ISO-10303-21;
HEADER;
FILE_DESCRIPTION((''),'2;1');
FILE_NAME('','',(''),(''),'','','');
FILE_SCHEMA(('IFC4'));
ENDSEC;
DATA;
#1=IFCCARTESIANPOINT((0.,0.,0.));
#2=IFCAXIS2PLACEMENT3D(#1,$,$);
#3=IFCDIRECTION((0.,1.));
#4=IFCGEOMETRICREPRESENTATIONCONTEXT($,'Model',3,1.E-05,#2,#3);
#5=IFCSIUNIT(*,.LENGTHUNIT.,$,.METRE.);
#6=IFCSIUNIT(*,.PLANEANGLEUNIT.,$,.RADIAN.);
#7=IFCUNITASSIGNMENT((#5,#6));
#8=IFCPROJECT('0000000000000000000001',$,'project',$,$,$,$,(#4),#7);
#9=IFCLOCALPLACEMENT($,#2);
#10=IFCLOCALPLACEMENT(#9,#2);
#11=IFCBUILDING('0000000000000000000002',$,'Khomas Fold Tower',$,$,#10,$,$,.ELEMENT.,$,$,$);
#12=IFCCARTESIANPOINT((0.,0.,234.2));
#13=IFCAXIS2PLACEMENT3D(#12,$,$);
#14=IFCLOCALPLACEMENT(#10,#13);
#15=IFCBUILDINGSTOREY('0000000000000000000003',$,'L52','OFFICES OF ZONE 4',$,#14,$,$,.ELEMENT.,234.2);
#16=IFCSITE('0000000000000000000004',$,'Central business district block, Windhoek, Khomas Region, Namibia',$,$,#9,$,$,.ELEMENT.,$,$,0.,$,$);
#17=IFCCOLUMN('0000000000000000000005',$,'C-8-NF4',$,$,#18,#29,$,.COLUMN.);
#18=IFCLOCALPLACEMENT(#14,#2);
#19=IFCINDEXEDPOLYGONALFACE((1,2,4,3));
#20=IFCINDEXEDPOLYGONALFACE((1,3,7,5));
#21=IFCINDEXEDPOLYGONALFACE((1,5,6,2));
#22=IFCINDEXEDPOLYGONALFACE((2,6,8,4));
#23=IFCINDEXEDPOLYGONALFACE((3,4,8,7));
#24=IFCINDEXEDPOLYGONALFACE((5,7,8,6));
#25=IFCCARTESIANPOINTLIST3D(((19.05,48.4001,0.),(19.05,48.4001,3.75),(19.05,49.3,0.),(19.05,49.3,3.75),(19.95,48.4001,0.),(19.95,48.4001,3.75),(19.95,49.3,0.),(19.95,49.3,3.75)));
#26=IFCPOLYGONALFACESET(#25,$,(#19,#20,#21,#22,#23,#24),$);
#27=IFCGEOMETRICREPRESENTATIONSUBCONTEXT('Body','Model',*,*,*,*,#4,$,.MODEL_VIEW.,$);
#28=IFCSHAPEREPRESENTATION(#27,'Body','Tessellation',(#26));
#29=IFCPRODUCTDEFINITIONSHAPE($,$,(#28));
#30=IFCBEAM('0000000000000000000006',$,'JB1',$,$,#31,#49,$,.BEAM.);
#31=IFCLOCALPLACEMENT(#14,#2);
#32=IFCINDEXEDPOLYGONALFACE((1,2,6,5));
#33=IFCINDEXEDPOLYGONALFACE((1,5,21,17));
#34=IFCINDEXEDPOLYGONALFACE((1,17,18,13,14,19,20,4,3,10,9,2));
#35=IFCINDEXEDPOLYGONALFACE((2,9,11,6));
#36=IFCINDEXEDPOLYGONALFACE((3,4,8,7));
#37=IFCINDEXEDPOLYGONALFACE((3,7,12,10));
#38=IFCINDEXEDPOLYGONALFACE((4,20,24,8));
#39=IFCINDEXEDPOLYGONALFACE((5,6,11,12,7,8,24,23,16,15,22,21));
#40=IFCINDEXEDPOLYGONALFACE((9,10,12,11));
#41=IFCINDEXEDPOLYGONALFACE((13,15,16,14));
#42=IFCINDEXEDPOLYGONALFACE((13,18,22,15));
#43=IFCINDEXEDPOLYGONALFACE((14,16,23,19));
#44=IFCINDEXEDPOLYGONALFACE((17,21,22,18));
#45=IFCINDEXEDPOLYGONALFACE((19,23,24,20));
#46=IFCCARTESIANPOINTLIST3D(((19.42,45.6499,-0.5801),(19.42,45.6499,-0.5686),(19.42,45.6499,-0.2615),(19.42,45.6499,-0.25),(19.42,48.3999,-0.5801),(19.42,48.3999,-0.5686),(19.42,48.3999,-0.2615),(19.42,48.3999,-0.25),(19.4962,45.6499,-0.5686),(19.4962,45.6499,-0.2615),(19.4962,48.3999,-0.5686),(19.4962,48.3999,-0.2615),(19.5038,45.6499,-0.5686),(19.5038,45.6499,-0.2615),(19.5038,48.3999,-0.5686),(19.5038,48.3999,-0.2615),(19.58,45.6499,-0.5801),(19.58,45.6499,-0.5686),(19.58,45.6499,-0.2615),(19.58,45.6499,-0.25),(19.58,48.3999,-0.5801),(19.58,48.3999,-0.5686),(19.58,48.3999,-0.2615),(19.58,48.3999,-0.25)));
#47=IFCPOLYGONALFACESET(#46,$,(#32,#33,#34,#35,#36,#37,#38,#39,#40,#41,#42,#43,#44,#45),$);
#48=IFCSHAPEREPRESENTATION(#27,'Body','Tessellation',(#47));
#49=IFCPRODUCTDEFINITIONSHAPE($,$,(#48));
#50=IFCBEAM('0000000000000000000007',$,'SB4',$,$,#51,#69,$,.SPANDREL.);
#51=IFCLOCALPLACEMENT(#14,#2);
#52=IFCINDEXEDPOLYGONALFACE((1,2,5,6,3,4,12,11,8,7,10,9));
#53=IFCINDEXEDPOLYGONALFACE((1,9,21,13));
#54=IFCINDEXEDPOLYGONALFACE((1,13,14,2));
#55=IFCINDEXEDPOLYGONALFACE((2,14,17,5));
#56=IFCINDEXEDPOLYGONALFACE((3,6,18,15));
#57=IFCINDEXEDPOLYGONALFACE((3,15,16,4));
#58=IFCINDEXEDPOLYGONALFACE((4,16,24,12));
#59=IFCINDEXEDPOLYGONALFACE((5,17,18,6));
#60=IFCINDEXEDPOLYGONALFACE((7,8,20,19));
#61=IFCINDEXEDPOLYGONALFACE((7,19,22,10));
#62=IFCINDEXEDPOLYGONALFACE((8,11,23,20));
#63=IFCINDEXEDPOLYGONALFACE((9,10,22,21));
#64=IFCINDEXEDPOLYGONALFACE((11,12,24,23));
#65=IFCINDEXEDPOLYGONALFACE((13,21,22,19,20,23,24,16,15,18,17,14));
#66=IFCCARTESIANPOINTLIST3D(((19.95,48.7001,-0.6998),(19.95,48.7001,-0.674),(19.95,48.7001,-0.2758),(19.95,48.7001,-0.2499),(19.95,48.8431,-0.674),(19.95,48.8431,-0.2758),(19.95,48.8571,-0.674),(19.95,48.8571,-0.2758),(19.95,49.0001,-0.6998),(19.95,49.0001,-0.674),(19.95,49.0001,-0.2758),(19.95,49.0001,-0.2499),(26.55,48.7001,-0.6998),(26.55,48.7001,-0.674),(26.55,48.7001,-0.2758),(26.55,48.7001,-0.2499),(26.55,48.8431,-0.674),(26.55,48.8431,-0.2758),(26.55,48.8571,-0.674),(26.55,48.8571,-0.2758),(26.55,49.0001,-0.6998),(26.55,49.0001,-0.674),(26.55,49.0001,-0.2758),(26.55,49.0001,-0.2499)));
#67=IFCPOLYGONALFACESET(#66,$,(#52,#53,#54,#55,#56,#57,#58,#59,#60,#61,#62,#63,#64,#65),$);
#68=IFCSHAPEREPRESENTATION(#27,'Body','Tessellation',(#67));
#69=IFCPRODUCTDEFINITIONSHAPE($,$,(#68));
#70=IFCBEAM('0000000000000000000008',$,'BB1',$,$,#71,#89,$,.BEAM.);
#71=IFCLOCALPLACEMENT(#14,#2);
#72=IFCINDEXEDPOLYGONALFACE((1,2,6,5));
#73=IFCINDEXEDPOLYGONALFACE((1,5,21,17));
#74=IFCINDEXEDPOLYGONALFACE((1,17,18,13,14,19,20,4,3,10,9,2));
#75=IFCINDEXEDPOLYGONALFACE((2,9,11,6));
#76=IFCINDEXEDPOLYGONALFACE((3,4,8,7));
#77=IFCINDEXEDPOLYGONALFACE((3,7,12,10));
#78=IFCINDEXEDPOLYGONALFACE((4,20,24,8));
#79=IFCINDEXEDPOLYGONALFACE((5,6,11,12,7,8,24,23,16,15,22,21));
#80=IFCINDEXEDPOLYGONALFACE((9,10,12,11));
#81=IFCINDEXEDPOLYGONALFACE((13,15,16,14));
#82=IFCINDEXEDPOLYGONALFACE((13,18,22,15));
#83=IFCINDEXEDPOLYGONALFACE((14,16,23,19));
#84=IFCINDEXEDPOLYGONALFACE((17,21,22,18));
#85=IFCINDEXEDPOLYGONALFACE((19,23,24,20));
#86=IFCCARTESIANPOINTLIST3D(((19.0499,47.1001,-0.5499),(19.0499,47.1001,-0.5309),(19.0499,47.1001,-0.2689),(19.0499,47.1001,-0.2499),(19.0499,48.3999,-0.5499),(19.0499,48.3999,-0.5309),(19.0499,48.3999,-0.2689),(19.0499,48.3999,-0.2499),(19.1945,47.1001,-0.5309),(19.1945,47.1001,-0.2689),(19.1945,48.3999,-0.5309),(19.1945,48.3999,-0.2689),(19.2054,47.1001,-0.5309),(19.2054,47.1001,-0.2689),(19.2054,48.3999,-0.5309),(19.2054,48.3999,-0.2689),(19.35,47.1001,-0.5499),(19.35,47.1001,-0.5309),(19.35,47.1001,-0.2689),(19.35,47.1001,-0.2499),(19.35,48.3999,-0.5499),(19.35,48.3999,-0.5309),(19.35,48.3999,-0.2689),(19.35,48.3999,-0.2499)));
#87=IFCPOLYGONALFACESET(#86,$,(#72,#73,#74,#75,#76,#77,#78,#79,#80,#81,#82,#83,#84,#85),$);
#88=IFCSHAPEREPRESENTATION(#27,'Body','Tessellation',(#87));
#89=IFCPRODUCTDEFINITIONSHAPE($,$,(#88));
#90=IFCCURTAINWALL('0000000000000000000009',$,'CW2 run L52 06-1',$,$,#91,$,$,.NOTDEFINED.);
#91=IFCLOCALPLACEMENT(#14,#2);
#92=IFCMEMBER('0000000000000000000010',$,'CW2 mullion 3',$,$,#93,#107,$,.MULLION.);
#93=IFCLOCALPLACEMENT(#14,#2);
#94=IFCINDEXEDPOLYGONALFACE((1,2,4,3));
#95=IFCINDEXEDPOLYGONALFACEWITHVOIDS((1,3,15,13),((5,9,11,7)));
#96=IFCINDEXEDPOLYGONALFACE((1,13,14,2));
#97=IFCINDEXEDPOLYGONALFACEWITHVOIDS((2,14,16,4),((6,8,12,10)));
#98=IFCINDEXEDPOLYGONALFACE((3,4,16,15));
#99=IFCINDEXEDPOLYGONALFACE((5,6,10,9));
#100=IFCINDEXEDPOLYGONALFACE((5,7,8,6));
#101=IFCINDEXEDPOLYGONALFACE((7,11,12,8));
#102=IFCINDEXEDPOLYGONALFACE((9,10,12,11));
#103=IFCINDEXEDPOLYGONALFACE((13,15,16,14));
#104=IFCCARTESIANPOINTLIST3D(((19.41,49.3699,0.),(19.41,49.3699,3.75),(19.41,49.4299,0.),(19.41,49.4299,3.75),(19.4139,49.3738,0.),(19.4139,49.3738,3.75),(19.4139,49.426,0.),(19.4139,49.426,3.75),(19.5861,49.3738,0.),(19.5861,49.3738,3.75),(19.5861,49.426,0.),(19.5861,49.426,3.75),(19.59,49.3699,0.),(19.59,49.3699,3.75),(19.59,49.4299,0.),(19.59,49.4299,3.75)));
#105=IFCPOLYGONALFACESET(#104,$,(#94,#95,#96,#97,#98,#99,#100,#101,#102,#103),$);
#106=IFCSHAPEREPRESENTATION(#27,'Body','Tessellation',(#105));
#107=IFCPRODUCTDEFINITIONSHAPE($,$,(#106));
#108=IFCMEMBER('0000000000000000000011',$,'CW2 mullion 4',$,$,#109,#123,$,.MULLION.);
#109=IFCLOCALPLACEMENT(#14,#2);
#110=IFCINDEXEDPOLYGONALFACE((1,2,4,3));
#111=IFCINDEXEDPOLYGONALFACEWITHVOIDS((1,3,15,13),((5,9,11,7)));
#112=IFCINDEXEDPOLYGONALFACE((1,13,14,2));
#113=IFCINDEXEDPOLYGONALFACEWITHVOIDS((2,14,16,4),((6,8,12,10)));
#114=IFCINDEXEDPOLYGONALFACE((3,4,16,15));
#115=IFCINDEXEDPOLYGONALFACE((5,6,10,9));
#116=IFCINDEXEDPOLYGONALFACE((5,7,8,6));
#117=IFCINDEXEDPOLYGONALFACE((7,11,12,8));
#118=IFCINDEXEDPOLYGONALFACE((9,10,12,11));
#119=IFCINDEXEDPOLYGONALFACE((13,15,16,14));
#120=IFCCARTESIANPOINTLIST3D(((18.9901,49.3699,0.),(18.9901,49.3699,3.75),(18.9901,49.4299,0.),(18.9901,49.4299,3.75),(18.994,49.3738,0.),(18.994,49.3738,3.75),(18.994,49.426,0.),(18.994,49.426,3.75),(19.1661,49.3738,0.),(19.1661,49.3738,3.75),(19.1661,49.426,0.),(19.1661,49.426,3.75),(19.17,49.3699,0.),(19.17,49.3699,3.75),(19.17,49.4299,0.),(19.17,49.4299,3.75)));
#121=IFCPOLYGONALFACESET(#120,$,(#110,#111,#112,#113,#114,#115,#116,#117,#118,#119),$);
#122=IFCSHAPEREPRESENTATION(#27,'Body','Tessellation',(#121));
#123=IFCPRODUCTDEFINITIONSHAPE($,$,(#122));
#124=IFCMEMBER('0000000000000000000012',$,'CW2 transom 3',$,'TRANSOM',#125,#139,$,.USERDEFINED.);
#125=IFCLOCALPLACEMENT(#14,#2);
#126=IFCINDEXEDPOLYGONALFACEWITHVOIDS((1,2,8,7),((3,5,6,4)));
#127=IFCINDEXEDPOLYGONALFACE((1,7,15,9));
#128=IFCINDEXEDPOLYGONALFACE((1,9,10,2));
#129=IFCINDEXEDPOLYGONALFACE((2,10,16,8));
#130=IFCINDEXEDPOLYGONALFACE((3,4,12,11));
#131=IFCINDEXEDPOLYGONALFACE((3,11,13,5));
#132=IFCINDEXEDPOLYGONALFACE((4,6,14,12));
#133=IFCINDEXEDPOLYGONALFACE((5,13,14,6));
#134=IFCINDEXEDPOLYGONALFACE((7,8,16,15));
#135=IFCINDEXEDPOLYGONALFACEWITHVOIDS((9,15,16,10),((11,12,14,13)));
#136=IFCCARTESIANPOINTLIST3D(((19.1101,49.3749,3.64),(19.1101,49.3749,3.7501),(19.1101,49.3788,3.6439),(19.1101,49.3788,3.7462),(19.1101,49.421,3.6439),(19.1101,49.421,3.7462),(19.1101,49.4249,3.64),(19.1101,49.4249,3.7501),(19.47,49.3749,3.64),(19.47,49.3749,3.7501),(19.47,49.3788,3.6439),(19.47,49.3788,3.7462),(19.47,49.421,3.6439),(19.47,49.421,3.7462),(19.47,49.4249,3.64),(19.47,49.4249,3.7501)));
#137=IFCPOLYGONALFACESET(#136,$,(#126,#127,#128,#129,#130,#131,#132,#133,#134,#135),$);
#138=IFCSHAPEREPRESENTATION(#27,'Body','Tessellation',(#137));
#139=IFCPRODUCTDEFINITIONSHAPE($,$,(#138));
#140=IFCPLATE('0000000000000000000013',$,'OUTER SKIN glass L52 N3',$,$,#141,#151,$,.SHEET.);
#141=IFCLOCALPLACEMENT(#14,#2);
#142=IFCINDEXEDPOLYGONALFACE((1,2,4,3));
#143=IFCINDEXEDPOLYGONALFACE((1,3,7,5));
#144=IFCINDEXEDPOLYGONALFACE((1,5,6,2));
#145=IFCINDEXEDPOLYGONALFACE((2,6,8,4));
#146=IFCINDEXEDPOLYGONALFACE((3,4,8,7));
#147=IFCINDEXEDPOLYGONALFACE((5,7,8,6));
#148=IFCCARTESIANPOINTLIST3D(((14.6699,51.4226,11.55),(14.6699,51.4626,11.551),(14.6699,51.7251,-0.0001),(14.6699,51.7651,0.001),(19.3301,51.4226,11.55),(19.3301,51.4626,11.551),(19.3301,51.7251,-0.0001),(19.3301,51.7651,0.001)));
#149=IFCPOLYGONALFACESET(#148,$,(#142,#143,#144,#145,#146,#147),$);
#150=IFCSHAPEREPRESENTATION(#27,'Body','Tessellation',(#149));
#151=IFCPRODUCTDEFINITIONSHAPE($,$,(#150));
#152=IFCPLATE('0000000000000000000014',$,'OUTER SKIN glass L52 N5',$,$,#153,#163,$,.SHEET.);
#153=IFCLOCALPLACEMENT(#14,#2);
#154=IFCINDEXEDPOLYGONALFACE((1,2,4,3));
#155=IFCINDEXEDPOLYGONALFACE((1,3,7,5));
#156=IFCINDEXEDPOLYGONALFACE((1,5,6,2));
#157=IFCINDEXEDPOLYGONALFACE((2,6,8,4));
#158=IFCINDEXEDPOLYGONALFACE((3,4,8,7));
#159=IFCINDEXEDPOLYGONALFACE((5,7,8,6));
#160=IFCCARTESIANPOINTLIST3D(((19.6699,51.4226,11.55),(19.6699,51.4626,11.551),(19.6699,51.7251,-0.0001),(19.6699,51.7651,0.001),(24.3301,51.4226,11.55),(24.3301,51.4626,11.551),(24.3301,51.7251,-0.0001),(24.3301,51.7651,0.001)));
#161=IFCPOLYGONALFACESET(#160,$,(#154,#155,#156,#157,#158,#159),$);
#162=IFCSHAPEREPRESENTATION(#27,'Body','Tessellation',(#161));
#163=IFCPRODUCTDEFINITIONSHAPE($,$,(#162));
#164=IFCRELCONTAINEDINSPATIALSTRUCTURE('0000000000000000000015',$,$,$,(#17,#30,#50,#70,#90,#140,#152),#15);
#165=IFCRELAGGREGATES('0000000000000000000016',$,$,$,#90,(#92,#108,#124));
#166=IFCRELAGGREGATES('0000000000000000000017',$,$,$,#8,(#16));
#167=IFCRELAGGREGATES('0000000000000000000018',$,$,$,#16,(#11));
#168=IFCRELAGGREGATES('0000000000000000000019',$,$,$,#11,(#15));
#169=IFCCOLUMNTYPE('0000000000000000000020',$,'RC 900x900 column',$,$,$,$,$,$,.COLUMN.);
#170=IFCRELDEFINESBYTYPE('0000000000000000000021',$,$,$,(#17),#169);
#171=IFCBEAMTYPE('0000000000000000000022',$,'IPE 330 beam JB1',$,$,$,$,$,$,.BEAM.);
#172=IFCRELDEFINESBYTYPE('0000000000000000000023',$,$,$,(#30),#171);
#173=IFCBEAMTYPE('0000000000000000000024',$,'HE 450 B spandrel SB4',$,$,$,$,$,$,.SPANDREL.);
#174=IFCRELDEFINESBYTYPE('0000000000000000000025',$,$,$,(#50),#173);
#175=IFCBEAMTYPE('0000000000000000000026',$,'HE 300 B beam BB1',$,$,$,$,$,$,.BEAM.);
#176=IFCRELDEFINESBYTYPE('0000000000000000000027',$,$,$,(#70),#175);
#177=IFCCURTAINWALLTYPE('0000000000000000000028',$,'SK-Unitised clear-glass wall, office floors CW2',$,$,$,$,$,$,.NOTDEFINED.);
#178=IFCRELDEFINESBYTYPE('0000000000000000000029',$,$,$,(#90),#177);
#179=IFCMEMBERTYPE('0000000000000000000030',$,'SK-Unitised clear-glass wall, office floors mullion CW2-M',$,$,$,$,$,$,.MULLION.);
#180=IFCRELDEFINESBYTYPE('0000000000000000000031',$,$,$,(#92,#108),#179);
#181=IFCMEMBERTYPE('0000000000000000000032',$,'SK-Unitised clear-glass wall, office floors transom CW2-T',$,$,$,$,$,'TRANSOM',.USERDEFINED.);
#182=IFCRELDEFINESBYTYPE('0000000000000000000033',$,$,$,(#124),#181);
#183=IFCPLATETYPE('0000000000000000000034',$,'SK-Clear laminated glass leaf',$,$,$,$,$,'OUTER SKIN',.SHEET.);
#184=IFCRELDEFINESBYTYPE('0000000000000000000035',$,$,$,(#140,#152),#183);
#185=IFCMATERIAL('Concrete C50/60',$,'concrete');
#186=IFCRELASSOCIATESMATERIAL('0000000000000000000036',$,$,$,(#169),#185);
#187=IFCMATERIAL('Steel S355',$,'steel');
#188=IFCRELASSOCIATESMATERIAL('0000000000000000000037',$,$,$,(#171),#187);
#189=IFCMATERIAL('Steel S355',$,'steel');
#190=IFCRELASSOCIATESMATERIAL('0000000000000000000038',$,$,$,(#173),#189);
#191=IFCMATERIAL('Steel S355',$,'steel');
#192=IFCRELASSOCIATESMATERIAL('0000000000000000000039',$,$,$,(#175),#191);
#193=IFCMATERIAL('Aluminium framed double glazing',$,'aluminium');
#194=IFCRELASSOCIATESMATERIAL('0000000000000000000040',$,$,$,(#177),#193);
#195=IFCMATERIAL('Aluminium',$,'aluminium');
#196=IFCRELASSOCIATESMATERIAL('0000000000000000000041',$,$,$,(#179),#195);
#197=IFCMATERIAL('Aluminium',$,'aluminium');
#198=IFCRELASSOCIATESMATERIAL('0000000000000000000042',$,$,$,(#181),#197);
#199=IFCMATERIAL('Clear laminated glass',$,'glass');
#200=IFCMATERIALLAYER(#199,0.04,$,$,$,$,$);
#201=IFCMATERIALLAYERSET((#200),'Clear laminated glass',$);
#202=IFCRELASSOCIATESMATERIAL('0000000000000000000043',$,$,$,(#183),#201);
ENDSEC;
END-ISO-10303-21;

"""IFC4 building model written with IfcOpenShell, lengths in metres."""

from ifc_helpers import new_model, si_unit, direction, frame, origin, origin_2d, place, context, subcontext, project, spatial, polyline, rectangle, hollow_rectangle, i_section, outline, extrude, source, transform, mapped, material, layer, layer_set, material_profile, profile_set, type_object, element, aggregate, save


model = new_model("IFC4")

# Units and contexts
model_context = context("Model", 3, precision=1e-05, world=origin(), true_north=direction((0.0, 1.0)))
body_context = subcontext(model_context, "Body", "Model", "MODEL_VIEW")
ifc_project = project(units=[si_unit("LENGTHUNIT", "METRE"), si_unit("PLANEANGLEUNIT", "RADIAN")], contexts=[model_context])

# Site, building, storey
site_placement = place(None, origin())
site = spatial("IfcSite", under=ifc_project, at=site_placement, Name="Central business district block, Windhoek, Khomas Region, Namibia", CompositionType="ELEMENT", RefElevation=0.0)
building_placement = place(site_placement, origin())
building = spatial("IfcBuilding", under=site, at=building_placement, Name="Khomas Fold Tower", CompositionType="ELEMENT")
storey_placement = place(building_placement, frame((0.0, 0.0, 234.2)))
storey = spatial("IfcBuildingStorey", under=building, at=storey_placement, Name="L52", Description="OFFICES OF ZONE 4", CompositionType="ELEMENT", Elevation=234.2)

# Column
ifc_material_1 = material(Name="Concrete C50/60", Category="concrete")
ifc_material_profile_1 = material_profile(ifc_material_1, rectangle(XDim=0.8999, YDim=0.8999, at=origin_2d()), Name="RC 900x900")
ifc_profile_set_1 = profile_set([ifc_material_profile_1], Name="Concrete C50/60")
column_type = type_object("IfcColumnType", Name="RC 900x900 column", PredefinedType="COLUMN", material=ifc_profile_set_1)
shared_shape_1 = source(origin(), body_context, "Body", "SweptSolid", [
    extrude(rectangle(XDim=0.8999, YDim=0.8999, at=origin_2d()), origin(), (0.0, 0.0, 1.0), 3.75),
])
column_placement = place(storey_placement, frame((19.5, 48.8501, 0.0), z_axis=(0.0, 0.0, 1.0), x_axis=(1.0, 0.0, 0.0)))
element("IfcColumn", 1, at=column_placement, inside=storey, type_object=column_type, Name="C-8-NF4", PredefinedType="COLUMN", context=body_context, shape_type="MappedRepresentation", body=[
    mapped(shared_shape_1, transform((0.0, 0.0, 0.0))),
])

# Beams
ifc_material_2 = material(Name="Steel S355", Category="steel")
ifc_material_profile_2 = material_profile(ifc_material_2, i_section(OverallWidth=0.1599, OverallDepth=0.3301, WebThickness=0.0076, FlangeThickness=0.0115, at=origin_2d()), Name="IPE 330")
ifc_profile_set_2 = profile_set([ifc_material_profile_2], Name="Steel S355")
beam_type_1 = type_object("IfcBeamType", Name="IPE 330 beam JB1", PredefinedType="BEAM", material=ifc_profile_set_2)
shared_shape_2 = source(origin(), body_context, "Body", "SweptSolid", [
    extrude(i_section(OverallWidth=0.1599, OverallDepth=0.3301, WebThickness=0.0076, FlangeThickness=0.0115, at=origin_2d()), origin(), (0.0, 0.0, 1.0), 2.75),
])
beam_1_placement = place(storey_placement, frame((19.5, 45.6499, -0.415), z_axis=(0.0, 1.0, 0.0), x_axis=(-1.0, 0.0, 0.0)))
element("IfcBeam", 2, at=beam_1_placement, inside=storey, type_object=beam_type_1, Name="JB1", PredefinedType="BEAM", context=body_context, shape_type="MappedRepresentation", body=[
    mapped(shared_shape_2, transform((0.0, 0.0, 0.0))),
])
ifc_material_3 = material(Name="Steel S355", Category="steel")
ifc_material_profile_3 = material_profile(ifc_material_3, i_section(OverallWidth=0.3, OverallDepth=0.45, WebThickness=0.0139, FlangeThickness=0.0259, at=origin_2d()), Name="HE 450 B")
ifc_profile_set_3 = profile_set([ifc_material_profile_3], Name="Steel S355")
beam_type_2 = type_object("IfcBeamType", Name="HE 450 B spandrel SB4", PredefinedType="SPANDREL", material=ifc_profile_set_3)
shared_shape_3 = source(origin(), body_context, "Body", "SweptSolid", [
    extrude(i_section(OverallWidth=0.3, OverallDepth=0.45, WebThickness=0.0139, FlangeThickness=0.0259, at=origin_2d()), origin(), (0.0, 0.0, 1.0), 6.6001),
])
beam_2_placement = place(storey_placement, frame((19.95, 48.8501, -0.4749), z_axis=(1.0, 0.0, 0.0), x_axis=(0.0, 1.0, 0.0)))
element("IfcBeam", 3, at=beam_2_placement, inside=storey, type_object=beam_type_2, Name="SB4", PredefinedType="SPANDREL", context=body_context, shape_type="MappedRepresentation", body=[
    mapped(shared_shape_3, transform((0.0, 0.0, 0.0))),
])
ifc_material_4 = material(Name="Steel S355", Category="steel")
ifc_material_profile_4 = material_profile(ifc_material_4, i_section(OverallWidth=0.3, OverallDepth=0.3, WebThickness=0.011, FlangeThickness=0.019, at=origin_2d()), Name="HE 300 B")
ifc_profile_set_4 = profile_set([ifc_material_profile_4], Name="Steel S355")
beam_type_3 = type_object("IfcBeamType", Name="HE 300 B beam BB1", PredefinedType="BEAM", material=ifc_profile_set_4)
shared_shape_4 = source(origin(), body_context, "Body", "SweptSolid", [
    extrude(i_section(OverallWidth=0.3, OverallDepth=0.3, WebThickness=0.011, FlangeThickness=0.019, at=origin_2d()), origin(), (0.0, 0.0, 1.0), 1.2998),
])
beam_3_placement = place(storey_placement, frame((19.2, 47.1001, -0.3999), z_axis=(0.0, 1.0, 0.0), x_axis=(-1.0, 0.0, 0.0)))
element("IfcBeam", 4, at=beam_3_placement, inside=storey, type_object=beam_type_3, Name="BB1", PredefinedType="BEAM", context=body_context, shape_type="MappedRepresentation", body=[
    mapped(shared_shape_4, transform((0.0, 0.0, 0.0))),
])

# Curtain wall, members
ifc_material_5 = material(Name="Aluminium framed double glazing", Category="aluminium")
curtain_wall_type = type_object("IfcCurtainWallType", Name="SK-Unitised clear-glass wall, office floors CW2", PredefinedType="NOTDEFINED", material=ifc_material_5)
curtain_wall_placement = place(storey_placement, origin())
curtain_wall = element("IfcCurtainWall", 5, at=curtain_wall_placement, inside=storey, type_object=curtain_wall_type, Name="CW2 run L52 06-1", PredefinedType="NOTDEFINED")
ifc_material_6 = material(Name="Aluminium", Category="aluminium")
ifc_material_profile_5 = material_profile(ifc_material_6, hollow_rectangle(XDim=0.0601, YDim=0.1799, WallThickness=0.0039, at=origin_2d()), Name="SK-Unitised clear-glass wall, office floors mullion CW2-M")
ifc_profile_set_5 = profile_set([ifc_material_profile_5], Name="Aluminium")
member_type_1 = type_object("IfcMemberType", Name="SK-Unitised clear-glass wall, office floors mullion CW2-M", PredefinedType="MULLION", material=ifc_profile_set_5)
shared_shape_5 = source(origin(), body_context, "Body", "SweptSolid", [
    extrude(hollow_rectangle(XDim=0.0601, YDim=0.1799, WallThickness=0.0039, at=origin_2d()), origin(), (0.0, 0.0, 1.0), 3.75),
])
member_1_placement = place(storey_placement, frame((19.5, 49.3999, 0.0), z_axis=(0.0, 0.0, 1.0), x_axis=(0.0, -1.0, 0.0)))
member_1 = element("IfcMember", 6, at=member_1_placement, type_object=member_type_1, Name="CW2 mullion 3", PredefinedType="MULLION", context=body_context, shape_type="MappedRepresentation", body=[
    mapped(shared_shape_5, transform((0.0, 0.0, 0.0))),
])
member_2_placement = place(storey_placement, frame((19.0801, 49.3999, 0.0), z_axis=(0.0, 0.0, 1.0), x_axis=(0.0, -1.0, 0.0)))
member_2 = element("IfcMember", 7, at=member_2_placement, type_object=member_type_1, Name="CW2 mullion 4", PredefinedType="MULLION", context=body_context, shape_type="MappedRepresentation", body=[
    mapped(shared_shape_5, transform((0.0, 0.0, 0.0))),
])
ifc_material_7 = material(Name="Aluminium", Category="aluminium")
ifc_material_profile_6 = material_profile(ifc_material_7, hollow_rectangle(XDim=0.05, YDim=0.1101, WallThickness=0.0039, at=origin_2d()), Name="SK-Unitised clear-glass wall, office floors transom CW2-T")
ifc_profile_set_6 = profile_set([ifc_material_profile_6], Name="Aluminium")
member_type_2 = type_object("IfcMemberType", Name="SK-Unitised clear-glass wall, office floors transom CW2-T", ElementType="TRANSOM", PredefinedType="USERDEFINED", material=ifc_profile_set_6)
shared_shape_6 = source(origin(), body_context, "Body", "SweptSolid", [
    extrude(hollow_rectangle(XDim=0.05, YDim=0.1101, WallThickness=0.0039, at=origin_2d()), origin(), (0.0, 0.0, 1.0), 0.3599),
])
member_3_placement = place(storey_placement, frame((19.47, 49.3999, 3.6951), z_axis=(-1.0, 0.0, 0.0), x_axis=(0.0, -1.0, 0.0)))
member_3 = element("IfcMember", 8, at=member_3_placement, type_object=member_type_2, Name="CW2 transom 3", ObjectType="TRANSOM", PredefinedType="USERDEFINED", context=body_context, shape_type="MappedRepresentation", body=[
    mapped(shared_shape_6, transform((0.0, 0.0, 0.0))),
])

# Plates
ifc_material_8 = material(Name="Clear laminated glass", Category="glass")
ifc_layer_1 = layer(ifc_material_8, 0.04)
ifc_layer_set_1 = layer_set([ifc_layer_1], Name="Clear laminated glass")
plate_type_1 = type_object("IfcPlateType", Name="SK-Clear laminated glass leaf", ElementType="OUTER SKIN", PredefinedType="SHEET", material=ifc_layer_set_1)
for number, where, z_axis, x_axis, name in (
    (9, (14.6699, 51.7651, 0.001), (0.0, 0.999657, 0.026181), (1.0, 0.0, 0.0), "OUTER SKIN glass L52 N3"),
    (10, (19.6699, 51.7651, 0.001), (0.0, 0.999657, 0.026181), (1.0, 0.0, 0.0), "OUTER SKIN glass L52 N5"),
):
    element("IfcPlate", number, at=place(storey_placement, frame(where, z_axis=z_axis, x_axis=x_axis)), inside=storey, type_object=plate_type_1, Name=name, PredefinedType="SHEET", context=body_context, shape_type="SweptSolid", body=[
        extrude(outline(polyline([(0.0, 0.0), (4.6602, 0.0), (4.6602, -11.554), (0.0, -11.554), (0.0, 0.0)])), origin(), (0.0, 0.0, -1.0), 0.04),
    ])

aggregate(curtain_wall, [member_1, member_2, member_3])

save(model, "model.ifc")
